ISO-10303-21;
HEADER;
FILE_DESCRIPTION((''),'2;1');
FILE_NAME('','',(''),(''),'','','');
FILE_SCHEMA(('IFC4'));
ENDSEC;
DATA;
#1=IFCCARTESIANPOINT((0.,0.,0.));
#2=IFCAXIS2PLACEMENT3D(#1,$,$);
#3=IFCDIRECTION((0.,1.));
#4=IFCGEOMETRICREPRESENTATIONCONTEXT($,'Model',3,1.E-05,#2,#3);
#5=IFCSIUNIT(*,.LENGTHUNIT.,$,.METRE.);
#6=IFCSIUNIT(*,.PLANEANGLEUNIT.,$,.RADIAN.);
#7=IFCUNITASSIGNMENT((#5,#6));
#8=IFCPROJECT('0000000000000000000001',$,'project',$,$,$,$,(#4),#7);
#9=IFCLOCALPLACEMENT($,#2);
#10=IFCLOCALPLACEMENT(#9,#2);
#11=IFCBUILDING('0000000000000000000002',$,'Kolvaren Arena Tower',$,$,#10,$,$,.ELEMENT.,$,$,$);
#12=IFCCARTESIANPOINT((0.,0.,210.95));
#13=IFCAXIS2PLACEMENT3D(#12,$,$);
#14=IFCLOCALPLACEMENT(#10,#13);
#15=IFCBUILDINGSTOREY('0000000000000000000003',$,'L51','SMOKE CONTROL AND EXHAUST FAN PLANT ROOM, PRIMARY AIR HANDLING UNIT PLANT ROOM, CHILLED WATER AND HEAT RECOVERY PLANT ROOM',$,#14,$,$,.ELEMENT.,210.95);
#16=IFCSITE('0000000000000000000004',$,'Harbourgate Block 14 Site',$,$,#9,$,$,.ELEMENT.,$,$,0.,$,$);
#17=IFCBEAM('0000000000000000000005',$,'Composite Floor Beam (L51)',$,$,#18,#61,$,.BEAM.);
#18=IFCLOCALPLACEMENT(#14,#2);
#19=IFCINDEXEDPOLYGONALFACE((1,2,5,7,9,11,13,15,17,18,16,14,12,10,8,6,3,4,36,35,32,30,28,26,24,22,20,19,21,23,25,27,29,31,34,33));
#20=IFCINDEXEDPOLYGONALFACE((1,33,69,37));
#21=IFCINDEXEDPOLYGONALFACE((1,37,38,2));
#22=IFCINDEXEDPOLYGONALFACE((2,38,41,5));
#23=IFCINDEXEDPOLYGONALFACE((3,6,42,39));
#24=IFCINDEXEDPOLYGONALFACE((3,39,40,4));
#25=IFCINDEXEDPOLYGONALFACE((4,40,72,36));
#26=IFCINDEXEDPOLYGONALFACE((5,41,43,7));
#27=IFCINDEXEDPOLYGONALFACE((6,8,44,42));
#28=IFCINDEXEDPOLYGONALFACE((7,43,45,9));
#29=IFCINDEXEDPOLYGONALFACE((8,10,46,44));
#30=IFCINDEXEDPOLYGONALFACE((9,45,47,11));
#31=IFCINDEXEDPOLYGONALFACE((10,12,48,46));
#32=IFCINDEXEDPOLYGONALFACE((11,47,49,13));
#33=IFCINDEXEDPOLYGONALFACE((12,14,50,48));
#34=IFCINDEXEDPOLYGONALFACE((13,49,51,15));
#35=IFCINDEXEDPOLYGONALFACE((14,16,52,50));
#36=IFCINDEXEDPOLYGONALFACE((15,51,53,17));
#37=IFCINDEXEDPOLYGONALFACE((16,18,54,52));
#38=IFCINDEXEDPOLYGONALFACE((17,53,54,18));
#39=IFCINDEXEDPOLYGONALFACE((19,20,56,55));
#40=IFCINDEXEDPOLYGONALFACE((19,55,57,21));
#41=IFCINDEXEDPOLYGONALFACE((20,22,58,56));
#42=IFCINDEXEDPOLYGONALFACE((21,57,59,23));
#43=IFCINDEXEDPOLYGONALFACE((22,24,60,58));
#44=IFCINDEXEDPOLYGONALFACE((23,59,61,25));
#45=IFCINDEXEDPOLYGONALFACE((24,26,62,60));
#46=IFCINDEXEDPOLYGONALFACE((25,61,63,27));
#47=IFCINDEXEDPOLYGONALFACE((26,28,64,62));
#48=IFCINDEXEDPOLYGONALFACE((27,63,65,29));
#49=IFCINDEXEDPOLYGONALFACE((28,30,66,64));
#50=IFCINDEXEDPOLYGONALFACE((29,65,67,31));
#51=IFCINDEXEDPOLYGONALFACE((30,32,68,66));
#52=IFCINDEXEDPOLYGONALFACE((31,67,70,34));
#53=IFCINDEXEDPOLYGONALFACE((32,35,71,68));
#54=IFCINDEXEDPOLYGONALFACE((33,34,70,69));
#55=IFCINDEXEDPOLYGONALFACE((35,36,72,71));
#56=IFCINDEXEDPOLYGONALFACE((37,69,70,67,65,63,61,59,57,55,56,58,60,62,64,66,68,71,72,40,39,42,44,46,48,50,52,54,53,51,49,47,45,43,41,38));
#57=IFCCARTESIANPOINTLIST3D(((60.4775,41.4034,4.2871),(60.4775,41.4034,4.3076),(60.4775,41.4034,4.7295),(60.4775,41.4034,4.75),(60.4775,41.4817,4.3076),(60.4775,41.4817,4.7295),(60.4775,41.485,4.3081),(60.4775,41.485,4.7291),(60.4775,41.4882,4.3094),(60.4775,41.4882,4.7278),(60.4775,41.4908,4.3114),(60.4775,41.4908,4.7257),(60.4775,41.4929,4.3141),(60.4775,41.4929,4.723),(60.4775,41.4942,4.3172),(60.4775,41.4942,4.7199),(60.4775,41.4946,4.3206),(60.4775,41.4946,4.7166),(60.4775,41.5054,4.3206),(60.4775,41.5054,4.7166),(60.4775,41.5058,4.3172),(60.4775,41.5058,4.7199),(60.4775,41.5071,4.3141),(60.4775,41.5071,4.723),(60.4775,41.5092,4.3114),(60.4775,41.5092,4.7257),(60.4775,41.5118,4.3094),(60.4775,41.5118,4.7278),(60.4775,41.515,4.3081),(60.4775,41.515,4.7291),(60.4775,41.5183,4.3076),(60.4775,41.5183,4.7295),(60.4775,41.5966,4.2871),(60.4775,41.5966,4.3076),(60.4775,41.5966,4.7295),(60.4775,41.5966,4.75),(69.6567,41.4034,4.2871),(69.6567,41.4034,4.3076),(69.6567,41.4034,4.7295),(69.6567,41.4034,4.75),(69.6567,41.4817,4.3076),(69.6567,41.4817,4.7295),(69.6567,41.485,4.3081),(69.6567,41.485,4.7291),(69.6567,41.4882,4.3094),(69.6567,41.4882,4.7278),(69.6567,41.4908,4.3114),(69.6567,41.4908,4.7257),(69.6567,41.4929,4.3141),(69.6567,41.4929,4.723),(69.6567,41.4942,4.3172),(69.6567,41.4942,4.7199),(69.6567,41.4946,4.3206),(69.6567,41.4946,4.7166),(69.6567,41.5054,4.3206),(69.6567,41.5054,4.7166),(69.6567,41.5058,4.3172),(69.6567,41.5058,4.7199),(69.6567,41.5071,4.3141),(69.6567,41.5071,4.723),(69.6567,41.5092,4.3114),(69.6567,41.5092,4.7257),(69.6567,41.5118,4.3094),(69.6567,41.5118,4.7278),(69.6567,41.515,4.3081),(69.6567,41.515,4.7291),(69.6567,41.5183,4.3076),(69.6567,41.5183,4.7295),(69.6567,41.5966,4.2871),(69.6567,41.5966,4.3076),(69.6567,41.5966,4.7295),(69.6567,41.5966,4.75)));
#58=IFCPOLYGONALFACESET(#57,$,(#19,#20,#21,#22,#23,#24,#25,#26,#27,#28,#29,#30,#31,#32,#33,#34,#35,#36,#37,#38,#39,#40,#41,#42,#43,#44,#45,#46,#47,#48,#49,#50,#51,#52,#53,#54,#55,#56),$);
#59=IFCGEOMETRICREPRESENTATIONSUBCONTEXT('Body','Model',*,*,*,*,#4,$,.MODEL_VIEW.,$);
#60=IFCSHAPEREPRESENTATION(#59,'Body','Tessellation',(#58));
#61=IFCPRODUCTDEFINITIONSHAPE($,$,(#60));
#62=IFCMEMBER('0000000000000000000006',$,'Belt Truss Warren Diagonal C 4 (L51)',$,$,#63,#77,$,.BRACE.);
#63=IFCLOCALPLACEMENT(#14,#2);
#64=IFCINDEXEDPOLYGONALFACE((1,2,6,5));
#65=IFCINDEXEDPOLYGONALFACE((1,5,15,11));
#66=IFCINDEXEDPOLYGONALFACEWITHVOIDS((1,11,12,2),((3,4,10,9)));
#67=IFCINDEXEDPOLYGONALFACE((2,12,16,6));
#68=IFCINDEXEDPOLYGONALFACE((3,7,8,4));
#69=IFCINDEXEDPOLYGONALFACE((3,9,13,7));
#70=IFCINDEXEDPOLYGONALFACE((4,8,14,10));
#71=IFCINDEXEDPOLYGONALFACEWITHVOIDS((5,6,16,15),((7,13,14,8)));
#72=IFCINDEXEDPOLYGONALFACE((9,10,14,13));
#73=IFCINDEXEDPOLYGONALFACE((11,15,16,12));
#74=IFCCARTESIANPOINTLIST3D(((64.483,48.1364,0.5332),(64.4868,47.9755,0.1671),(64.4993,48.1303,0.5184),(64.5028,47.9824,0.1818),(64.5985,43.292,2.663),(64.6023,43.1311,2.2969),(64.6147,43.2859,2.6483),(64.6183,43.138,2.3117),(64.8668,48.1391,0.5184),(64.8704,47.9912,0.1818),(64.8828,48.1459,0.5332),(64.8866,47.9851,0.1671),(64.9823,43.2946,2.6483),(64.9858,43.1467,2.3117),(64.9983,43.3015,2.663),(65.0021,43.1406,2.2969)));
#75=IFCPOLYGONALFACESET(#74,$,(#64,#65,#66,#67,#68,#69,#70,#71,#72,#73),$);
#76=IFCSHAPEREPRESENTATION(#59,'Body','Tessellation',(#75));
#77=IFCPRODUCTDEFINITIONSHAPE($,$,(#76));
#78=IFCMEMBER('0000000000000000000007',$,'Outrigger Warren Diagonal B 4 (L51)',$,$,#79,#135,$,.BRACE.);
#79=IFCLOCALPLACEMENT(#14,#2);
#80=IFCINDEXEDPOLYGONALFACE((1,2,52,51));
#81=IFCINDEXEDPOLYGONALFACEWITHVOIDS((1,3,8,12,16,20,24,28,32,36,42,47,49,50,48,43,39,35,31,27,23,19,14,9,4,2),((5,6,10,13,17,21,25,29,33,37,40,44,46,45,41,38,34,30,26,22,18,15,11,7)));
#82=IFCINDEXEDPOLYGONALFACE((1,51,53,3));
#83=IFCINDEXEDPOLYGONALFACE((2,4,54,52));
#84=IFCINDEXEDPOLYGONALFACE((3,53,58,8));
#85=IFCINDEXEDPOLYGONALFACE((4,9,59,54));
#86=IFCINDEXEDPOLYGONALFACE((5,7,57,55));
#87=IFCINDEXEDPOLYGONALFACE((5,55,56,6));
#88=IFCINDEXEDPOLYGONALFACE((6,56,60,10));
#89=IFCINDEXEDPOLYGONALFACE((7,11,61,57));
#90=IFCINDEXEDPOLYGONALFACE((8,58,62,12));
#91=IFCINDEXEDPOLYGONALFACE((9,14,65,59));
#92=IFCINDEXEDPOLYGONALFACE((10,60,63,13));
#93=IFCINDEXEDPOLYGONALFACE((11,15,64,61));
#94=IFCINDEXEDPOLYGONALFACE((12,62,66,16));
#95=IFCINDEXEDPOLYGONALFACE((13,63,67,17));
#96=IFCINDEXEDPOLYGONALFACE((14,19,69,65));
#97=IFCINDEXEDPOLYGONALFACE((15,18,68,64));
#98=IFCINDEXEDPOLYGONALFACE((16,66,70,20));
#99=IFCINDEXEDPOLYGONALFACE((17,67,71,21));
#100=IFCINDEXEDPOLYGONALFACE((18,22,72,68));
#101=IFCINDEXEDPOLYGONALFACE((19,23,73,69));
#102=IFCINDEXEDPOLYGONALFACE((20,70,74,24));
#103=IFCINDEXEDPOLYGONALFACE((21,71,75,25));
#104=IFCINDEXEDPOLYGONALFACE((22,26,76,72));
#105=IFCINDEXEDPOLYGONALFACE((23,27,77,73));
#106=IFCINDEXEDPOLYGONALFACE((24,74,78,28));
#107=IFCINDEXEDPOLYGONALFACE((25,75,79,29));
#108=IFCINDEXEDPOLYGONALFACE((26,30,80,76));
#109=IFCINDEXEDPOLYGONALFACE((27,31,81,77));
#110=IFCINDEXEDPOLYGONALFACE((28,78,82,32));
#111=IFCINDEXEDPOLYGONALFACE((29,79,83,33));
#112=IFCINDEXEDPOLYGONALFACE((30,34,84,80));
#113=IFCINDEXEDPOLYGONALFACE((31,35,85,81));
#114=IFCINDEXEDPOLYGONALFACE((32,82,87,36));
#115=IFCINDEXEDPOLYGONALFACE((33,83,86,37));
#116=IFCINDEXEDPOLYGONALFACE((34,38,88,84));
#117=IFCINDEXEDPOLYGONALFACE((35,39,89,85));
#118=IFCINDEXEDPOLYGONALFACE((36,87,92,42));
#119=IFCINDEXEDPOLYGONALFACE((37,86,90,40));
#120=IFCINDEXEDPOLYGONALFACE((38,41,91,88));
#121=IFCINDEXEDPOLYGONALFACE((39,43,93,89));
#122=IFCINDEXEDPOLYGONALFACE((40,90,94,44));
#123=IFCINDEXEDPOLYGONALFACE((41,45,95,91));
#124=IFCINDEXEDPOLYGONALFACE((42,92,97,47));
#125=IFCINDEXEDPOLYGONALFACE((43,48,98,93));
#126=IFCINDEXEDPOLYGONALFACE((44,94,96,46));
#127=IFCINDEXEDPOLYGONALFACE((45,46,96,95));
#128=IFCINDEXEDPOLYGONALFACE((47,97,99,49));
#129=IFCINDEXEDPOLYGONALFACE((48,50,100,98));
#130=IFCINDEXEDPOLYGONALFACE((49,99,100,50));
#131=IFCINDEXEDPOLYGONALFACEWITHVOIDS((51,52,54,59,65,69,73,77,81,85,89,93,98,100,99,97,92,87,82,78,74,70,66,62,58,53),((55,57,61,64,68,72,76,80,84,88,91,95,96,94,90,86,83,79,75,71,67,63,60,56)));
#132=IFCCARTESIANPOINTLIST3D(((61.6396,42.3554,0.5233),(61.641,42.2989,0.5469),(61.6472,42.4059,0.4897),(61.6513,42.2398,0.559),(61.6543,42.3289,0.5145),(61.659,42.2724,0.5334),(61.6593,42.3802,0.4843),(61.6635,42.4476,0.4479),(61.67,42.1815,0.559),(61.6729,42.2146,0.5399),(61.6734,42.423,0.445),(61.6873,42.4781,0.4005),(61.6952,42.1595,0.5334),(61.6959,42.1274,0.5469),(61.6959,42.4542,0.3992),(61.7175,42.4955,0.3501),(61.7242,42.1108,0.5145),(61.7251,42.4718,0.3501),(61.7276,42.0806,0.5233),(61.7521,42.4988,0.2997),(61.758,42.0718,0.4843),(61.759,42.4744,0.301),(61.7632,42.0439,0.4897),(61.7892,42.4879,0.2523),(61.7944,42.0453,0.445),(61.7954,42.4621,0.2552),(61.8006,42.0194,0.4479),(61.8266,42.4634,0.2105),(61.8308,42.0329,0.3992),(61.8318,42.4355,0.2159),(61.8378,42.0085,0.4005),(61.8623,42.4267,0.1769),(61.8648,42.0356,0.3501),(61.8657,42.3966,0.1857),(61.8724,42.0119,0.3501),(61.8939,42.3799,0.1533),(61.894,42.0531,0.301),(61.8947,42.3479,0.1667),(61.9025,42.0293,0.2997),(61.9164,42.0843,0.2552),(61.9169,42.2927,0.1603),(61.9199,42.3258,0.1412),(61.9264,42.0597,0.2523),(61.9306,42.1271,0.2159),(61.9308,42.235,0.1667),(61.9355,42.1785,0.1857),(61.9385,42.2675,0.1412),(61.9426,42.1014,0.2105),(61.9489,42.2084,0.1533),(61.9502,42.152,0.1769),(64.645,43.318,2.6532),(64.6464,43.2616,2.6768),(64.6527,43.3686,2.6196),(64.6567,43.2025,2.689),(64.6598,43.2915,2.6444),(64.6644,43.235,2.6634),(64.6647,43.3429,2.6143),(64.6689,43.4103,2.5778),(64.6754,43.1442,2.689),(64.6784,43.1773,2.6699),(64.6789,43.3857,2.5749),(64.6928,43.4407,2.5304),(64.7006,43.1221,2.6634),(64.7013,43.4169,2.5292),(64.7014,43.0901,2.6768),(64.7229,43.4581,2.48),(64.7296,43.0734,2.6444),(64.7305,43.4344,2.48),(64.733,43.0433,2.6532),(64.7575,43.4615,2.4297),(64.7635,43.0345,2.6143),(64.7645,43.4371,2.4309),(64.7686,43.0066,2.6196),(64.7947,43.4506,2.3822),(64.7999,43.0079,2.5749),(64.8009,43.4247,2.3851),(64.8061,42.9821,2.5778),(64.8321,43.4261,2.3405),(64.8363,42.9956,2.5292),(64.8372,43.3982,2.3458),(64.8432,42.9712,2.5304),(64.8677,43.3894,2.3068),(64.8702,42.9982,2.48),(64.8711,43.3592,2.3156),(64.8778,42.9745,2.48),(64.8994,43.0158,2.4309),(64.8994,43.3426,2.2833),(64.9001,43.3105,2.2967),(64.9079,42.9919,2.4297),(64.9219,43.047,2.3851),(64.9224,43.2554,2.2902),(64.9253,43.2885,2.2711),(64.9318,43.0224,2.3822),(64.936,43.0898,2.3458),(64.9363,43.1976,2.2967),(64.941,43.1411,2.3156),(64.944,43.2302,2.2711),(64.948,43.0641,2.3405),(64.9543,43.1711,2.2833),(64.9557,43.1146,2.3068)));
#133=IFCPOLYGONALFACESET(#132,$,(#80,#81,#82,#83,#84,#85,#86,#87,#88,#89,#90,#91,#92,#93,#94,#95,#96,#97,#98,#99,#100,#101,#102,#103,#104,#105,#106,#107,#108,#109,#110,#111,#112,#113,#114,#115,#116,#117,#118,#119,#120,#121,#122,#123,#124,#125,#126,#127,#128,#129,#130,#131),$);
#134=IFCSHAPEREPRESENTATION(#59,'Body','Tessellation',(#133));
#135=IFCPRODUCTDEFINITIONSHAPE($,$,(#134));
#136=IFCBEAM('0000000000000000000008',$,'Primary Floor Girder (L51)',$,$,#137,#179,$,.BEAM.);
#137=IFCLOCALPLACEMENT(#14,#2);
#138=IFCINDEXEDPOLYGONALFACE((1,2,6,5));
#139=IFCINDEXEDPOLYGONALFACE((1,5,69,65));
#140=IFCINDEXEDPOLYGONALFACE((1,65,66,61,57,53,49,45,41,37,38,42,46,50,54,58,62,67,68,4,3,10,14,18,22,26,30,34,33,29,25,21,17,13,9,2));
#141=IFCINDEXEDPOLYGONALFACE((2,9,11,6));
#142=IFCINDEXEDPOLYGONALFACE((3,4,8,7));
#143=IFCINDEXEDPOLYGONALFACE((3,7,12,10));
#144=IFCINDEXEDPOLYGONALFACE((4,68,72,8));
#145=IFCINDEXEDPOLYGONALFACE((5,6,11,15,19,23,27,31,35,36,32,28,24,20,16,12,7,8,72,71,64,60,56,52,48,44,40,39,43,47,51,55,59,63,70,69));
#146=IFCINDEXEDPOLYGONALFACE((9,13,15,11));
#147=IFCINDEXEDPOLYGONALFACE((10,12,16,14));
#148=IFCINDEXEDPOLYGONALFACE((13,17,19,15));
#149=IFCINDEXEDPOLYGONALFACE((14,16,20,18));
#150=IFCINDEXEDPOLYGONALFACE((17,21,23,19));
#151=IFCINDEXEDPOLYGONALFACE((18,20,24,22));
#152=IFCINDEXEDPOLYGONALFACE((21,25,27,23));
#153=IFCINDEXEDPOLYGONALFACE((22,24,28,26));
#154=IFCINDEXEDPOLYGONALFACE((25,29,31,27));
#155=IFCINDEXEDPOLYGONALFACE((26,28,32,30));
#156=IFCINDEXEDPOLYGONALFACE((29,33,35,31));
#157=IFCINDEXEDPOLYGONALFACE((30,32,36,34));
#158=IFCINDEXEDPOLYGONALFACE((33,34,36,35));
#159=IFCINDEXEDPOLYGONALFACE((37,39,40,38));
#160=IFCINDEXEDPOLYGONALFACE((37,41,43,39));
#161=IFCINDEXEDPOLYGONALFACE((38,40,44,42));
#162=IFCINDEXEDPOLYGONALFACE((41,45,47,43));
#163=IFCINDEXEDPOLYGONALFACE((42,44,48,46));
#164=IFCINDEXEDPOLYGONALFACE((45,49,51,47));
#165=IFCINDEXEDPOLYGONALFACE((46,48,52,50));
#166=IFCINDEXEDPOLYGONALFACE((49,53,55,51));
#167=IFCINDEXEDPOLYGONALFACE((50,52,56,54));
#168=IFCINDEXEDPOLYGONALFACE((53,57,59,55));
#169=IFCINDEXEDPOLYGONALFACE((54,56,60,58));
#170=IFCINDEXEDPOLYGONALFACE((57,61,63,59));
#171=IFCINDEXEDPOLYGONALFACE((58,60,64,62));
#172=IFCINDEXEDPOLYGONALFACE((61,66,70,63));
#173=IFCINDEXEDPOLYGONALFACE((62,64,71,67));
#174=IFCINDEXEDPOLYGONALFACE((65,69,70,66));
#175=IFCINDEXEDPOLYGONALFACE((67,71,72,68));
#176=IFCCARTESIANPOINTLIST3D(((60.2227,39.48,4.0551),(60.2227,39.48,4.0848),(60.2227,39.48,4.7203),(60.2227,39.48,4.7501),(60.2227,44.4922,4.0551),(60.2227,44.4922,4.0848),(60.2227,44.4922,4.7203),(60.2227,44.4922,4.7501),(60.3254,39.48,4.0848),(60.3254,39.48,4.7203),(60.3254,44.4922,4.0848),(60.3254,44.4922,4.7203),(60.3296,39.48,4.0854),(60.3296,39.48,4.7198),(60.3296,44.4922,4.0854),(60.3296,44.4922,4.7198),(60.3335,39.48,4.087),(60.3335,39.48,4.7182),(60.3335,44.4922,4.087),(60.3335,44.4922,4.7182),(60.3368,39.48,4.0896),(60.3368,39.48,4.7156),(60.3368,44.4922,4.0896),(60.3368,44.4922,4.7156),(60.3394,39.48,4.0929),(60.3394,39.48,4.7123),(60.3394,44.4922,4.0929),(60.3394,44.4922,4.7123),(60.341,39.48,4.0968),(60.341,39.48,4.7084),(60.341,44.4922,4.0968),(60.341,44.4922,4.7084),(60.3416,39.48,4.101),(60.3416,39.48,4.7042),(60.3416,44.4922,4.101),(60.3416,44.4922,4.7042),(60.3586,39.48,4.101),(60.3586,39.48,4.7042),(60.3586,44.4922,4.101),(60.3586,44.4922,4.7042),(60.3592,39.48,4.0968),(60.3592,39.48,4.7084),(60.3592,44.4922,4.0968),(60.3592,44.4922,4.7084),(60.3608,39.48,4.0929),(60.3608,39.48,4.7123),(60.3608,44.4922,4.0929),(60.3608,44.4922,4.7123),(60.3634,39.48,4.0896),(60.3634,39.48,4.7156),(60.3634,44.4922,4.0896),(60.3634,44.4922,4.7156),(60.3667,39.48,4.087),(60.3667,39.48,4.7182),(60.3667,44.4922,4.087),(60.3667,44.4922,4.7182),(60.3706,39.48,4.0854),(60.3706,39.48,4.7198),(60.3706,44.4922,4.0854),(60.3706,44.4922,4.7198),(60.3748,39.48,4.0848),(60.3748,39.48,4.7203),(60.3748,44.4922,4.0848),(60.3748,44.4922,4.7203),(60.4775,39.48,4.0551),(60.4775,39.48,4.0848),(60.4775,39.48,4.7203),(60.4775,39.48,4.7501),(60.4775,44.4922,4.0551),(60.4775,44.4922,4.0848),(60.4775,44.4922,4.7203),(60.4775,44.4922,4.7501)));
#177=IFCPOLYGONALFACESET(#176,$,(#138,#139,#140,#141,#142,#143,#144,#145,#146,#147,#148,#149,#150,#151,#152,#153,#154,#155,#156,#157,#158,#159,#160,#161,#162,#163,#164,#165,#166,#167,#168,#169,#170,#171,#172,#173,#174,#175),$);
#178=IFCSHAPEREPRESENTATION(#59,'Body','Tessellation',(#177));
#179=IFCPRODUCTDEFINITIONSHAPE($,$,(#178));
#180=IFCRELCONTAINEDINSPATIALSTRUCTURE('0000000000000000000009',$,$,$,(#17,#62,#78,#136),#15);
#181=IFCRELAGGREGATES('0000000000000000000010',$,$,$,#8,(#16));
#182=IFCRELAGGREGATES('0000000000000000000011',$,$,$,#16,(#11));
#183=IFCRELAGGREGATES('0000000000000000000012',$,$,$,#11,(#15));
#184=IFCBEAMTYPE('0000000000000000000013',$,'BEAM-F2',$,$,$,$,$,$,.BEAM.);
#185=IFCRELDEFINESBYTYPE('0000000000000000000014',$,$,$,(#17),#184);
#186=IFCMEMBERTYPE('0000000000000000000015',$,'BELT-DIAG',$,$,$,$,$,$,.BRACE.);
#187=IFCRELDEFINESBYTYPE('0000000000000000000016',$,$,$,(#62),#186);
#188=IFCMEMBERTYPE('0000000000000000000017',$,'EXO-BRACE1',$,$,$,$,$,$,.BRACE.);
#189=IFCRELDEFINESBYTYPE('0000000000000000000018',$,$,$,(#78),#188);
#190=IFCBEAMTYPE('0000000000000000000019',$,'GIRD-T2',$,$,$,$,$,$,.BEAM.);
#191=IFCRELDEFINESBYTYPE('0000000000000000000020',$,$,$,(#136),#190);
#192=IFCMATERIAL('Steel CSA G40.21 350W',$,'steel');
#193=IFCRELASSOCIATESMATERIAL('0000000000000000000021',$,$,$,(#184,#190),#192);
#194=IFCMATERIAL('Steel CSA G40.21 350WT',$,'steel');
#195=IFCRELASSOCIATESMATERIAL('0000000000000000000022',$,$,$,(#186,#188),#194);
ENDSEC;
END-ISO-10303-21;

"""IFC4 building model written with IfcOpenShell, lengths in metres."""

from ifc_helpers import new_model, si_unit, direction, frame, origin, origin_2d, place, context, subcontext, project, spatial, hollow_rectangle, hollow_circle, i_section, extrude, material, material_profile, profile_set, type_object, element, save


model = new_model("IFC4")

# Units and contexts
model_context = context("Model", 3, precision=1e-05, world=origin(), true_north=direction((0.0, 1.0)))
body_context = subcontext(model_context, "Body", "Model", "MODEL_VIEW")
ifc_project = project(units=[si_unit("LENGTHUNIT", "METRE"), si_unit("PLANEANGLEUNIT", "RADIAN")], contexts=[model_context])

# Site, building, storey
site_placement = place(None, origin())
site = spatial("IfcSite", under=ifc_project, at=site_placement, Name="Harbourgate Block 14 Site", CompositionType="ELEMENT", RefElevation=0.0)
building_placement = place(site_placement, origin())
building = spatial("IfcBuilding", under=site, at=building_placement, Name="Kolvaren Arena Tower", CompositionType="ELEMENT")
storey_placement = place(building_placement, frame((0.0, 0.0, 210.95)))
storey = spatial("IfcBuildingStorey", under=building, at=storey_placement, Name="L51", Description="SMOKE CONTROL AND EXHAUST FAN PLANT ROOM, PRIMARY AIR HANDLING UNIT PLANT ROOM, CHILLED WATER AND HEAT RECOVERY PLANT ROOM", CompositionType="ELEMENT", Elevation=210.95)

# Beam
ifc_material_1 = material(Name="Steel CSA G40.21 350W", Category="steel")
ifc_material_profile_1 = material_profile(ifc_material_1, i_section(OverallWidth=0.1931, OverallDepth=0.4629, WebThickness=0.0107, FlangeThickness=0.0205, FilletRadius=0.0129, at=origin_2d()), Name="W460x113")
ifc_profile_set_1 = profile_set([ifc_material_profile_1], Name="Steel CSA G40.21 350W")
beam_type_1 = type_object("IfcBeamType", Name="BEAM-F2", PredefinedType="BEAM", material=ifc_profile_set_1)
beam_1_placement = place(storey_placement, frame((60.4775, 41.5, 4.5186), z_axis=(1.0, 0.0, 0.0), x_axis=(0.0, 1.0, 0.0)))
element("IfcBeam", 1, at=beam_1_placement, inside=storey, type_object=beam_type_1, Name="Composite Floor Beam (L51)", PredefinedType="BEAM", context=body_context, shape_type="SweptSolid", body=[
    extrude(i_section(OverallWidth=0.1931, OverallDepth=0.4629, WebThickness=0.0107, FlangeThickness=0.0205, FilletRadius=0.0129, at=origin_2d()), origin(), (0.0, 0.0, 1.0), 9.1792),
])

# Members
ifc_material_2 = material(Name="Steel CSA G40.21 350WT", Category="steel")
ifc_material_profile_2 = material_profile(ifc_material_2, hollow_rectangle(XDim=0.3999, YDim=0.3999, WallThickness=0.0161, at=origin_2d()), Name="HSS 400x400x16")
ifc_profile_set_2 = profile_set([ifc_material_profile_2], Name="Steel CSA G40.21 350WT")
member_type_1 = type_object("IfcMemberType", Name="BELT-DIAG", PredefinedType="BRACE", material=ifc_profile_set_2)
member_1_placement = place(storey_placement, frame((64.8003, 43.2163, 2.48), z_axis=(-0.021816, 0.915215, -0.402375), x_axis=(-0.999716, -0.02383, 0.0)))
element("IfcMember", 2, at=member_1_placement, inside=storey, type_object=member_type_1, Name="Belt Truss Warren Diagonal C 4 (L51)", PredefinedType="BRACE", context=body_context, shape_type="SweptSolid", body=[
    extrude(hollow_rectangle(XDim=0.3999, YDim=0.3999, WallThickness=0.0161, at=origin_2d()), origin(), (0.0, 0.0, 1.0), 5.2932),
])
ifc_material_profile_3 = material_profile(ifc_material_2, hollow_circle(Radius=0.2539, WallThickness=0.0249, at=origin_2d()), Name="CHS 508x25")
ifc_profile_set_3 = profile_set([ifc_material_profile_3], Name="Steel CSA G40.21 350WT")
member_type_2 = type_object("IfcMemberType", Name="EXO-BRACE1", PredefinedType="BRACE", material=ifc_profile_set_3)
member_2_placement = place(storey_placement, frame((61.7949, 42.2537, 0.3501), z_axis=(0.789376, 0.252844, 0.559424), x_axis=(-0.305042, 0.952339, 0.0)))
element("IfcMember", 3, at=member_2_placement, inside=storey, type_object=member_type_2, Name="Outrigger Warren Diagonal B 4 (L51)", PredefinedType="BRACE", context=body_context, shape_type="SweptSolid", body=[
    extrude(hollow_circle(Radius=0.2539, WallThickness=0.0249, at=origin_2d()), origin(), (0.0, 0.0, 1.0), 3.8074),
])

# Beam
ifc_material_profile_4 = material_profile(ifc_material_1, i_section(OverallWidth=0.2549, OverallDepth=0.6951, WebThickness=0.0171, FlangeThickness=0.0298, FilletRadius=0.0161, at=origin_2d()), Name="W690x217")
ifc_profile_set_4 = profile_set([ifc_material_profile_4], Name="Steel CSA G40.21 350W")
beam_type_2 = type_object("IfcBeamType", Name="GIRD-T2", PredefinedType="BEAM", material=ifc_profile_set_4)
beam_2_placement = place(storey_placement, frame((60.3501, 39.48, 4.4026), z_axis=(0.0, 1.0, 0.0), x_axis=(-1.0, 0.0, 0.0)))
element("IfcBeam", 4, at=beam_2_placement, inside=storey, type_object=beam_type_2, Name="Primary Floor Girder (L51)", PredefinedType="BEAM", context=body_context, shape_type="SweptSolid", body=[
    extrude(i_section(OverallWidth=0.2549, OverallDepth=0.6951, WebThickness=0.0171, FlangeThickness=0.0298, FilletRadius=0.0161, at=origin_2d()), origin(), (0.0, 0.0, 1.0), 5.0122),
])

save(model, "model.ifc")
